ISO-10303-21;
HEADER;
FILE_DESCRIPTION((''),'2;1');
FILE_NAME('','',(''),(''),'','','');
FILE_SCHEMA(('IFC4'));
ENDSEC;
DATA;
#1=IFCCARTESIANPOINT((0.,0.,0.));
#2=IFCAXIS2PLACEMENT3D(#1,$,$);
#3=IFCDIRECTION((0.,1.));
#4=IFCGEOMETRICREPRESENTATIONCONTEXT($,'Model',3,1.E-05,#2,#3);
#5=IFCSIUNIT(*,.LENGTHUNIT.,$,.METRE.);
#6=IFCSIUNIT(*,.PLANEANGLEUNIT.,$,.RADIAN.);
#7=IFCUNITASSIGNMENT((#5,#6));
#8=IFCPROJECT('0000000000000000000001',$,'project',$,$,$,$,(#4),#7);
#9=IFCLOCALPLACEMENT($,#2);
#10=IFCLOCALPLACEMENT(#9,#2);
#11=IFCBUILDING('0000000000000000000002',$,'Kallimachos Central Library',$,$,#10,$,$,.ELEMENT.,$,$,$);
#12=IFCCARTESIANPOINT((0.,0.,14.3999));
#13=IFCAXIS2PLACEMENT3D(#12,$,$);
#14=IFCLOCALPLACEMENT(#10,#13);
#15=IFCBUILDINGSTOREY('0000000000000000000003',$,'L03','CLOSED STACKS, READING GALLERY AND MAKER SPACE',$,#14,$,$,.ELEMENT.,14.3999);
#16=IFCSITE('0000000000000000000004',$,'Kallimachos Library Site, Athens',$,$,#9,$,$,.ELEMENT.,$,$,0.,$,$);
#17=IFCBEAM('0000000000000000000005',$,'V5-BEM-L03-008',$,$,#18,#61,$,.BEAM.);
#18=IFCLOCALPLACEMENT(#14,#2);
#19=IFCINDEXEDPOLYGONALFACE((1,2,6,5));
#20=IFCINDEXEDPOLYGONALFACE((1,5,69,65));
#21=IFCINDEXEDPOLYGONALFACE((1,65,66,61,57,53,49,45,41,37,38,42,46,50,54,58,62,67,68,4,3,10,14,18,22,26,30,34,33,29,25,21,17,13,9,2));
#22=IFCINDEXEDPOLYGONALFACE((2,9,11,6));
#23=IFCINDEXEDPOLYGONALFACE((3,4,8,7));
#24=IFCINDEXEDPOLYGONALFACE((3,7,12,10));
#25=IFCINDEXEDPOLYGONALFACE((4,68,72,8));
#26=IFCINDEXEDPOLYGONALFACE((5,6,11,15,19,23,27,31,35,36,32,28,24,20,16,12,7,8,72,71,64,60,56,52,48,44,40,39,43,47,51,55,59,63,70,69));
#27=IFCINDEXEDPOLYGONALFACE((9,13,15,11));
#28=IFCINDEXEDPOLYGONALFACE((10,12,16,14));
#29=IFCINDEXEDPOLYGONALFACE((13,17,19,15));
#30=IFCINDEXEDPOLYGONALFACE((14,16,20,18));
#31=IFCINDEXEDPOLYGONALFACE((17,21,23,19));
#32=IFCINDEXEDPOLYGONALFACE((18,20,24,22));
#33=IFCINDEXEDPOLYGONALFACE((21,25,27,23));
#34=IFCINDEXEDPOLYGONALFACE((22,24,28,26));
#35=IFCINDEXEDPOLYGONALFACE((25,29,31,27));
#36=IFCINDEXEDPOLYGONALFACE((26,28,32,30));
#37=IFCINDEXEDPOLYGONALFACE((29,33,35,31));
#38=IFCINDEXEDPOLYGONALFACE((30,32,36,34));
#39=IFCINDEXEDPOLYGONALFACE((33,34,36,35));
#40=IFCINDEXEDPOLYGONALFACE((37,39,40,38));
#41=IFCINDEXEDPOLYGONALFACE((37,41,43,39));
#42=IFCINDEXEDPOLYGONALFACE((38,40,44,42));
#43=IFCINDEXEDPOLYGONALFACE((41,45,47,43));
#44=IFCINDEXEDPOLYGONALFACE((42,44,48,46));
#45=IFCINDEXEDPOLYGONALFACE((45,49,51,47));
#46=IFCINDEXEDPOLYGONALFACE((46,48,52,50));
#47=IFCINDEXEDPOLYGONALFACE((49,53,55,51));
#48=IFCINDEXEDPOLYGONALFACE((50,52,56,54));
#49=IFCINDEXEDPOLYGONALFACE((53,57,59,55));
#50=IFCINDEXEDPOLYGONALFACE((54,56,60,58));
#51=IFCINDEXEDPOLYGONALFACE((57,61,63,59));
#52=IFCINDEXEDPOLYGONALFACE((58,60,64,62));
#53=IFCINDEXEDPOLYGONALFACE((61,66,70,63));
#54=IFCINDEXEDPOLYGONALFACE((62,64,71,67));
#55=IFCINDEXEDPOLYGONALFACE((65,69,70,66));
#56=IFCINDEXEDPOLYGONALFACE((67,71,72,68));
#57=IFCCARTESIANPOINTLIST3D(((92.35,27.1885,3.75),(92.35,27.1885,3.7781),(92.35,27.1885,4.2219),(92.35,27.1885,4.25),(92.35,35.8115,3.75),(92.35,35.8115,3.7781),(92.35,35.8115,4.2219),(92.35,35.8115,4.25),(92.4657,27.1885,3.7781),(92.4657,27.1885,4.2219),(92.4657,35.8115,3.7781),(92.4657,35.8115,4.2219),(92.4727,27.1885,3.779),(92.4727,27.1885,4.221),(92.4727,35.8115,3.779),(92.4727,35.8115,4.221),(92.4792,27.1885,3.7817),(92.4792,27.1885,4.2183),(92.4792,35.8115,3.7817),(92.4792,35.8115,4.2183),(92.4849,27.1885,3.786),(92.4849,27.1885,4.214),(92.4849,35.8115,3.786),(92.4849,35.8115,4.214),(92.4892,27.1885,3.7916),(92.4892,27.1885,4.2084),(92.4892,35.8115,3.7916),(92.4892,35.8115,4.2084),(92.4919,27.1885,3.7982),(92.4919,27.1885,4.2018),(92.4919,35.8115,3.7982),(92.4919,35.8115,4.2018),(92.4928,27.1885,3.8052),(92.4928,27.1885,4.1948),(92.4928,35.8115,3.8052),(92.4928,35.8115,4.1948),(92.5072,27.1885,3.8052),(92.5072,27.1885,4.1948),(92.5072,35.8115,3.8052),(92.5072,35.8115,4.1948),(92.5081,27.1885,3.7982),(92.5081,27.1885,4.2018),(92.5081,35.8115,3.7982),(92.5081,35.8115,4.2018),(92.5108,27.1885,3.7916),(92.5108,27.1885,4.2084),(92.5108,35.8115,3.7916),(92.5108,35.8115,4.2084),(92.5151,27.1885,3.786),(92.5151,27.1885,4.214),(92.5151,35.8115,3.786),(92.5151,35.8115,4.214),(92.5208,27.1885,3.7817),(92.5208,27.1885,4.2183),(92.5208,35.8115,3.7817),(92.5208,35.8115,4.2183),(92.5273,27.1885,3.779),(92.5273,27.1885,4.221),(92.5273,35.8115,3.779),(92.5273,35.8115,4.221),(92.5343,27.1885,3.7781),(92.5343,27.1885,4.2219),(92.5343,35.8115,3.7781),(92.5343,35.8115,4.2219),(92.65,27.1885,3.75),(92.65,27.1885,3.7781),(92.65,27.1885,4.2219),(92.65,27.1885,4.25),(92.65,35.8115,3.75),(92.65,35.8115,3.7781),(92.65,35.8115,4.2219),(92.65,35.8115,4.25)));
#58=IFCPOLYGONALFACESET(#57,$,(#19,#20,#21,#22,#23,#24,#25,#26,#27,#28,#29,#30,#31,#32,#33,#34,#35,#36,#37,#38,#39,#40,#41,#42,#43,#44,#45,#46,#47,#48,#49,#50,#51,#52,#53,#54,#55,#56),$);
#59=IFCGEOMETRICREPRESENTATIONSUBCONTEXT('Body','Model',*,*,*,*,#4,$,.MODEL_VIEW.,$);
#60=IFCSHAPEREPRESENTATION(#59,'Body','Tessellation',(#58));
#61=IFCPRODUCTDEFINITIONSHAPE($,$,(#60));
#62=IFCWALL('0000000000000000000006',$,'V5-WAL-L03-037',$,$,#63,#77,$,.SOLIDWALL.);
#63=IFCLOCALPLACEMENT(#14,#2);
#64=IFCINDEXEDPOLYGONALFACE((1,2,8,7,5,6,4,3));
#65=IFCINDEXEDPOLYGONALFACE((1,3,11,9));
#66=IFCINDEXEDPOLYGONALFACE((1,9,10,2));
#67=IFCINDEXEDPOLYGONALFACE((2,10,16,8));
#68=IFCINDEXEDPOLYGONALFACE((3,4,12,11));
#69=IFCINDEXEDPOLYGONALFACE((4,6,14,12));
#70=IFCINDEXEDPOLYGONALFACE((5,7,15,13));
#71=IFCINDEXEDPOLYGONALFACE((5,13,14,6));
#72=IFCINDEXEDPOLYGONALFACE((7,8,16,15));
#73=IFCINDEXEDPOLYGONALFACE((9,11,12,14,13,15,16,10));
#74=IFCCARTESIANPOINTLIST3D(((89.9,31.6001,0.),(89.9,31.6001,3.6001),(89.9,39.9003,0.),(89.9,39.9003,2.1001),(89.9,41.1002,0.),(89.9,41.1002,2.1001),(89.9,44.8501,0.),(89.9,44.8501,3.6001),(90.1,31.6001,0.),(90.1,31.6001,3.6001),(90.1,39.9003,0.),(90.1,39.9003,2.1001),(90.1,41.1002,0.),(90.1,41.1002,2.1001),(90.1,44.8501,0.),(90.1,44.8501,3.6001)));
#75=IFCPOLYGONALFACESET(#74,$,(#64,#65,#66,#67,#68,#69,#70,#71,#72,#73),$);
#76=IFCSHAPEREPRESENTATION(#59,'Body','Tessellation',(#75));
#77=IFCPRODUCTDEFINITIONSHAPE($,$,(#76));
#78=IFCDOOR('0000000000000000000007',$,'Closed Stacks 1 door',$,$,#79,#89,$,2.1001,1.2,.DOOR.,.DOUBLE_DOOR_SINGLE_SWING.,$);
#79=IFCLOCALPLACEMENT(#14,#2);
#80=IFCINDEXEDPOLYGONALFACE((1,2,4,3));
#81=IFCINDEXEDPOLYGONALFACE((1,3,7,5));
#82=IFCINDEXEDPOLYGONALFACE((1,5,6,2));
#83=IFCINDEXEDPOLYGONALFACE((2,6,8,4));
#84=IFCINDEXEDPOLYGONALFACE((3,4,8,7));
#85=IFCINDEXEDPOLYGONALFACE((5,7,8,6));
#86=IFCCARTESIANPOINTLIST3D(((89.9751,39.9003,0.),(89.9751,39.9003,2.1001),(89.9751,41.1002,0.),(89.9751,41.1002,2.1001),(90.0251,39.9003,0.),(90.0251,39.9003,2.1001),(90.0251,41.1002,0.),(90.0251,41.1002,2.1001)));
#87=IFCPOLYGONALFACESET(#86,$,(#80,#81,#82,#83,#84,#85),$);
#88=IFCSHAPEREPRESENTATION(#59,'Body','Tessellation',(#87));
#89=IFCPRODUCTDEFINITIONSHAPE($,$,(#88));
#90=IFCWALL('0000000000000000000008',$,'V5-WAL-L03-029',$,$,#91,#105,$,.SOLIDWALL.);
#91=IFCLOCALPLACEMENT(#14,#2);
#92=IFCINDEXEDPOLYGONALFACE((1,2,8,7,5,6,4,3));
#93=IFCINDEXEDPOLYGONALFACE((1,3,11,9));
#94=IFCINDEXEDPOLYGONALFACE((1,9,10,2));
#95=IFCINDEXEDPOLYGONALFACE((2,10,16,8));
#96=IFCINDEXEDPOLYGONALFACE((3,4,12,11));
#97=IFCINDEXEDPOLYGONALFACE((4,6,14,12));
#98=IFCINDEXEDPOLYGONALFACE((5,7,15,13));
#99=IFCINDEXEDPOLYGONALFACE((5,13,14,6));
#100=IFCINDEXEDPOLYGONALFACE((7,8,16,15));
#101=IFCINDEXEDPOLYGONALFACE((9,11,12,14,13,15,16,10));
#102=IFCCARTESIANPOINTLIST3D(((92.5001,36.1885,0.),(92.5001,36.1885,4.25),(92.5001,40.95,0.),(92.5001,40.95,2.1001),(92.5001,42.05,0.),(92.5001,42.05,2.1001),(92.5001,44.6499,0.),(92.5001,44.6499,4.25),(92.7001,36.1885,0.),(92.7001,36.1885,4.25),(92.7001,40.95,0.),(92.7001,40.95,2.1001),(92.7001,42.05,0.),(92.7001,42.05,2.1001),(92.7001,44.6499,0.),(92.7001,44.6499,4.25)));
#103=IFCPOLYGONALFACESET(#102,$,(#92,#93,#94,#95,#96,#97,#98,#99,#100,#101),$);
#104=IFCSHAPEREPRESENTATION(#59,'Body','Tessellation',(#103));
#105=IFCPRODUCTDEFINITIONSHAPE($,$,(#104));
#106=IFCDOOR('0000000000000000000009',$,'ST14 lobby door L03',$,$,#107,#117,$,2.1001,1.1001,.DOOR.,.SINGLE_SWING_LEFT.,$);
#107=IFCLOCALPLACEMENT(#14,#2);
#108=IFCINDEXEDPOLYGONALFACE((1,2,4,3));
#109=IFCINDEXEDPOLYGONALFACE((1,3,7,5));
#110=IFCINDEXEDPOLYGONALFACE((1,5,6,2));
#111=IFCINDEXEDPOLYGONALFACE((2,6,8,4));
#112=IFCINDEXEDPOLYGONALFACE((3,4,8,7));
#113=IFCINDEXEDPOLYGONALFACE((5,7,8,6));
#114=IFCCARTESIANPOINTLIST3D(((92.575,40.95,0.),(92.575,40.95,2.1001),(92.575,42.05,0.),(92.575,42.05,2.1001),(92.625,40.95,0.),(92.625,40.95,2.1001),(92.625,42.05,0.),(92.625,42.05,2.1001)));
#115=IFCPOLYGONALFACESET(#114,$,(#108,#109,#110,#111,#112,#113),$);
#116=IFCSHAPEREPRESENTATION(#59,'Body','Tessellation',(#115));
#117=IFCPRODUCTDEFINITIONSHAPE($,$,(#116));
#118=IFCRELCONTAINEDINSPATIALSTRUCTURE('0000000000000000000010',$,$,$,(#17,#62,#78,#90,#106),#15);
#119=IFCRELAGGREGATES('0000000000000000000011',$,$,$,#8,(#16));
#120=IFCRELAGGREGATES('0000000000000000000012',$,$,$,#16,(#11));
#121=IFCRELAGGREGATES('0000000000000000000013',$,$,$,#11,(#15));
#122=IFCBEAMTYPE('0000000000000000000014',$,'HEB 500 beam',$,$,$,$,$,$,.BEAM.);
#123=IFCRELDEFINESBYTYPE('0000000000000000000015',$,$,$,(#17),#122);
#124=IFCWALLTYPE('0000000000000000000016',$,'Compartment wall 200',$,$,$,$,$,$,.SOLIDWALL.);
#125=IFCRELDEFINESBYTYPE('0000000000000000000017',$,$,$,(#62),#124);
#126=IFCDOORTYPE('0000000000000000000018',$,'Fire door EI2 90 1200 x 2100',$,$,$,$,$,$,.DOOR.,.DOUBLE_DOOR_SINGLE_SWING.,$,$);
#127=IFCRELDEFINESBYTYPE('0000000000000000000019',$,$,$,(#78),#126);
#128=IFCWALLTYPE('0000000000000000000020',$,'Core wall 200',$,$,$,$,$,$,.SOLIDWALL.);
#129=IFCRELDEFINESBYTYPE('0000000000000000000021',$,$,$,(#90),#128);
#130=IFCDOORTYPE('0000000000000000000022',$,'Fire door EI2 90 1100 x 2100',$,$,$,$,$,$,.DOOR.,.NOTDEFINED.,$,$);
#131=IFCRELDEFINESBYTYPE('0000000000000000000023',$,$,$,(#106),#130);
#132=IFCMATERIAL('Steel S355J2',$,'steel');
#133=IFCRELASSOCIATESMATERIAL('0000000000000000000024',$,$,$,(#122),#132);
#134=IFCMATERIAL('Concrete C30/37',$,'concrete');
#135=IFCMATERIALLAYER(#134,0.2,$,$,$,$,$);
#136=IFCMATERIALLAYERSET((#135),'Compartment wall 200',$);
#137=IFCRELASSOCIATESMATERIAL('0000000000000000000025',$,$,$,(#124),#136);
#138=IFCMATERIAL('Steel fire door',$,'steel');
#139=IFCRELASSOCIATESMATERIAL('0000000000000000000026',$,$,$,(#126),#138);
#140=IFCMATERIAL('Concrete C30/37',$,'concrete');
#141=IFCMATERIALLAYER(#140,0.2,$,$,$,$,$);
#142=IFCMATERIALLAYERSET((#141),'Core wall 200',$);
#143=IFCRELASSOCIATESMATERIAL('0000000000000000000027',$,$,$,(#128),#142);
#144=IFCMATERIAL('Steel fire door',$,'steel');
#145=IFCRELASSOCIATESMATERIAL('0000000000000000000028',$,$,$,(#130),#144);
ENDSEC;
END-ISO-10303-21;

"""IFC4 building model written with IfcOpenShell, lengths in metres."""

from ifc_helpers import new_model, si_unit, direction, frame, frame_2d, origin, origin_2d, place, context, subcontext, project, spatial, rectangle, i_section, extrude, material, layer, layer_set, material_profile, profile_set, type_object, element, fill, save


model = new_model("IFC4")

# Units and contexts
model_context = context("Model", 3, precision=1e-05, world=origin(), true_north=direction((0.0, 1.0)))
body_context = subcontext(model_context, "Body", "Model", "MODEL_VIEW")
ifc_project = project(units=[si_unit("LENGTHUNIT", "METRE"), si_unit("PLANEANGLEUNIT", "RADIAN")], contexts=[model_context])

# Site, building, storey
site_placement = place(None, origin())
site = spatial("IfcSite", under=ifc_project, at=site_placement, Name="Kallimachos Library Site, Athens", CompositionType="ELEMENT", RefElevation=0.0)
building_placement = place(site_placement, origin())
building = spatial("IfcBuilding", under=site, at=building_placement, Name="Kallimachos Central Library", CompositionType="ELEMENT")
storey_placement = place(building_placement, frame((0.0, 0.0, 14.3999)))
storey = spatial("IfcBuildingStorey", under=building, at=storey_placement, Name="L03", Description="CLOSED STACKS, READING GALLERY AND MAKER SPACE", CompositionType="ELEMENT", Elevation=14.3999)

# Beam
ifc_material_1 = material(Name="Steel S355J2", Category="steel")
ifc_material_profile_1 = material_profile(ifc_material_1, i_section(OverallWidth=0.3, OverallDepth=0.5, WebThickness=0.0144, FlangeThickness=0.0281, FilletRadius=0.0271, at=origin_2d()), Name="HEB 500")
ifc_profile_set_1 = profile_set([ifc_material_profile_1], Name="Steel S355J2")
beam_type_1 = type_object("IfcBeamType", Name="HEB 500 beam", PredefinedType="BEAM", material=ifc_profile_set_1)
beam_1_placement = place(storey_placement, frame((92.5, 27.1885, 4.0), z_axis=(0.0, 1.0, 0.0), x_axis=(-1.0, 0.0, 0.0)))
element("IfcBeam", 1, at=beam_1_placement, inside=storey, type_object=beam_type_1, Name="V5-BEM-L03-008", PredefinedType="BEAM", context=body_context, shape_type="SweptSolid", body=[
    extrude(i_section(OverallWidth=0.3, OverallDepth=0.5, WebThickness=0.0144, FlangeThickness=0.0281, FilletRadius=0.0271, at=origin_2d()), origin(), (0.0, 0.0, 1.0), 8.623),
])

# Walls, openings, doors
ifc_material_2 = material(Name="Concrete C30/37", Category="concrete")
ifc_layer_1 = layer(ifc_material_2, 0.2)
ifc_layer_set_1 = layer_set([ifc_layer_1], Name="Compartment wall 200")
wall_type_1 = type_object("IfcWallType", Name="Compartment wall 200", PredefinedType="SOLIDWALL", material=ifc_layer_set_1)
wall_1_placement = place(storey_placement, frame((90.0, 31.6001, 0.0), z_axis=(0.0, 0.0, 1.0), x_axis=(0.0, 1.0, 0.0)))
wall_1 = element("IfcWall", 2, at=wall_1_placement, inside=storey, type_object=wall_type_1, Name="V5-WAL-L03-037", PredefinedType="SOLIDWALL", context=body_context, shape_type="SweptSolid", body=[
    extrude(rectangle(XDim=13.25, YDim=0.2, at=frame_2d((6.625, 0.0))), origin(), (0.0, 0.0, 1.0), 3.6001),
])
opening_1_placement = place(wall_1_placement, frame((8.3, 0.0, 0.0)))
opening_1 = element("IfcOpeningElement", 3, at=opening_1_placement, cuts=wall_1, PredefinedType="OPENING", context=body_context, shape_type="SweptSolid", body=[
    extrude(rectangle(XDim=1.2, YDim=2.1001, at=frame_2d((0.6001, 1.05))), frame((0.0, 0.1099, 0.0), z_axis=(0.0, -1.0, 0.0), x_axis=(1.0, 0.0, 0.0)), (0.0, 0.0, 1.0), 0.22),
])
ifc_material_3 = material(Name="Steel fire door", Category="steel")
door_type_1 = type_object("IfcDoorType", Name="Fire door EI2 90 1200 x 2100", OperationType="DOUBLE_DOOR_SINGLE_SWING", PredefinedType="DOOR", material=ifc_material_3)
door_1_placement = place(opening_1_placement, origin())
door_1 = element("IfcDoor", 4, at=door_1_placement, inside=storey, type_object=door_type_1, Name="Closed Stacks 1 door", OperationType="DOUBLE_DOOR_SINGLE_SWING", OverallHeight=2.1001, OverallWidth=1.2, PredefinedType="DOOR", context=body_context, shape_type="SweptSolid", body=[
    extrude(rectangle(XDim=1.2, YDim=2.1001, at=frame_2d((0.6001, 1.05))), frame((0.0, 0.0249, 0.0), z_axis=(0.0, -1.0, 0.0), x_axis=(1.0, 0.0, 0.0)), (0.0, 0.0, 1.0), 0.05),
])
fill(opening_1, door_1)
ifc_material_4 = material(Name="Concrete C30/37", Category="concrete")
ifc_layer_2 = layer(ifc_material_4, 0.2)
ifc_layer_set_2 = layer_set([ifc_layer_2], Name="Core wall 200")
wall_type_2 = type_object("IfcWallType", Name="Core wall 200", PredefinedType="SOLIDWALL", material=ifc_layer_set_2)
wall_2_placement = place(storey_placement, frame((92.6001, 36.1885, 0.0), z_axis=(0.0, 0.0, 1.0), x_axis=(0.0, 1.0, 0.0)))
wall_2 = element("IfcWall", 5, at=wall_2_placement, inside=storey, type_object=wall_type_2, Name="V5-WAL-L03-029", PredefinedType="SOLIDWALL", context=body_context, shape_type="SweptSolid", body=[
    extrude(rectangle(XDim=8.4614, YDim=0.2, at=frame_2d((4.2307, 0.0))), origin(), (0.0, 0.0, 1.0), 4.25),
])
opening_2_placement = place(wall_2_placement, frame((4.7615, 0.0, 0.0)))
opening_2 = element("IfcOpeningElement", 6, at=opening_2_placement, cuts=wall_2, PredefinedType="OPENING", context=body_context, shape_type="SweptSolid", body=[
    extrude(rectangle(XDim=1.1001, YDim=2.1001, at=frame_2d((0.55, 1.05))), frame((0.0, 0.1099, 0.0), z_axis=(0.0, -1.0, 0.0), x_axis=(1.0, 0.0, 0.0)), (0.0, 0.0, 1.0), 0.22),
])
ifc_material_5 = material(Name="Steel fire door", Category="steel")
door_type_2 = type_object("IfcDoorType", Name="Fire door EI2 90 1100 x 2100", OperationType="NOTDEFINED", PredefinedType="DOOR", material=ifc_material_5)
door_2_placement = place(opening_2_placement, frame((1.1001, 0.0, 0.0), z_axis=(0.0, 0.0, 1.0), x_axis=(-1.0, 0.0, 0.0)))
door_2 = element("IfcDoor", 7, at=door_2_placement, inside=storey, type_object=door_type_2, Name="ST14 lobby door L03", OperationType="SINGLE_SWING_LEFT", OverallHeight=2.1001, OverallWidth=1.1001, PredefinedType="DOOR", context=body_context, shape_type="SweptSolid", body=[
    extrude(rectangle(XDim=1.1001, YDim=2.1001, at=frame_2d((0.55, 1.05))), frame((0.0, 0.0249, 0.0), z_axis=(0.0, -1.0, 0.0), x_axis=(1.0, 0.0, 0.0)), (0.0, 0.0, 1.0), 0.05),
])
fill(opening_2, door_2)

save(model, "model.ifc")
